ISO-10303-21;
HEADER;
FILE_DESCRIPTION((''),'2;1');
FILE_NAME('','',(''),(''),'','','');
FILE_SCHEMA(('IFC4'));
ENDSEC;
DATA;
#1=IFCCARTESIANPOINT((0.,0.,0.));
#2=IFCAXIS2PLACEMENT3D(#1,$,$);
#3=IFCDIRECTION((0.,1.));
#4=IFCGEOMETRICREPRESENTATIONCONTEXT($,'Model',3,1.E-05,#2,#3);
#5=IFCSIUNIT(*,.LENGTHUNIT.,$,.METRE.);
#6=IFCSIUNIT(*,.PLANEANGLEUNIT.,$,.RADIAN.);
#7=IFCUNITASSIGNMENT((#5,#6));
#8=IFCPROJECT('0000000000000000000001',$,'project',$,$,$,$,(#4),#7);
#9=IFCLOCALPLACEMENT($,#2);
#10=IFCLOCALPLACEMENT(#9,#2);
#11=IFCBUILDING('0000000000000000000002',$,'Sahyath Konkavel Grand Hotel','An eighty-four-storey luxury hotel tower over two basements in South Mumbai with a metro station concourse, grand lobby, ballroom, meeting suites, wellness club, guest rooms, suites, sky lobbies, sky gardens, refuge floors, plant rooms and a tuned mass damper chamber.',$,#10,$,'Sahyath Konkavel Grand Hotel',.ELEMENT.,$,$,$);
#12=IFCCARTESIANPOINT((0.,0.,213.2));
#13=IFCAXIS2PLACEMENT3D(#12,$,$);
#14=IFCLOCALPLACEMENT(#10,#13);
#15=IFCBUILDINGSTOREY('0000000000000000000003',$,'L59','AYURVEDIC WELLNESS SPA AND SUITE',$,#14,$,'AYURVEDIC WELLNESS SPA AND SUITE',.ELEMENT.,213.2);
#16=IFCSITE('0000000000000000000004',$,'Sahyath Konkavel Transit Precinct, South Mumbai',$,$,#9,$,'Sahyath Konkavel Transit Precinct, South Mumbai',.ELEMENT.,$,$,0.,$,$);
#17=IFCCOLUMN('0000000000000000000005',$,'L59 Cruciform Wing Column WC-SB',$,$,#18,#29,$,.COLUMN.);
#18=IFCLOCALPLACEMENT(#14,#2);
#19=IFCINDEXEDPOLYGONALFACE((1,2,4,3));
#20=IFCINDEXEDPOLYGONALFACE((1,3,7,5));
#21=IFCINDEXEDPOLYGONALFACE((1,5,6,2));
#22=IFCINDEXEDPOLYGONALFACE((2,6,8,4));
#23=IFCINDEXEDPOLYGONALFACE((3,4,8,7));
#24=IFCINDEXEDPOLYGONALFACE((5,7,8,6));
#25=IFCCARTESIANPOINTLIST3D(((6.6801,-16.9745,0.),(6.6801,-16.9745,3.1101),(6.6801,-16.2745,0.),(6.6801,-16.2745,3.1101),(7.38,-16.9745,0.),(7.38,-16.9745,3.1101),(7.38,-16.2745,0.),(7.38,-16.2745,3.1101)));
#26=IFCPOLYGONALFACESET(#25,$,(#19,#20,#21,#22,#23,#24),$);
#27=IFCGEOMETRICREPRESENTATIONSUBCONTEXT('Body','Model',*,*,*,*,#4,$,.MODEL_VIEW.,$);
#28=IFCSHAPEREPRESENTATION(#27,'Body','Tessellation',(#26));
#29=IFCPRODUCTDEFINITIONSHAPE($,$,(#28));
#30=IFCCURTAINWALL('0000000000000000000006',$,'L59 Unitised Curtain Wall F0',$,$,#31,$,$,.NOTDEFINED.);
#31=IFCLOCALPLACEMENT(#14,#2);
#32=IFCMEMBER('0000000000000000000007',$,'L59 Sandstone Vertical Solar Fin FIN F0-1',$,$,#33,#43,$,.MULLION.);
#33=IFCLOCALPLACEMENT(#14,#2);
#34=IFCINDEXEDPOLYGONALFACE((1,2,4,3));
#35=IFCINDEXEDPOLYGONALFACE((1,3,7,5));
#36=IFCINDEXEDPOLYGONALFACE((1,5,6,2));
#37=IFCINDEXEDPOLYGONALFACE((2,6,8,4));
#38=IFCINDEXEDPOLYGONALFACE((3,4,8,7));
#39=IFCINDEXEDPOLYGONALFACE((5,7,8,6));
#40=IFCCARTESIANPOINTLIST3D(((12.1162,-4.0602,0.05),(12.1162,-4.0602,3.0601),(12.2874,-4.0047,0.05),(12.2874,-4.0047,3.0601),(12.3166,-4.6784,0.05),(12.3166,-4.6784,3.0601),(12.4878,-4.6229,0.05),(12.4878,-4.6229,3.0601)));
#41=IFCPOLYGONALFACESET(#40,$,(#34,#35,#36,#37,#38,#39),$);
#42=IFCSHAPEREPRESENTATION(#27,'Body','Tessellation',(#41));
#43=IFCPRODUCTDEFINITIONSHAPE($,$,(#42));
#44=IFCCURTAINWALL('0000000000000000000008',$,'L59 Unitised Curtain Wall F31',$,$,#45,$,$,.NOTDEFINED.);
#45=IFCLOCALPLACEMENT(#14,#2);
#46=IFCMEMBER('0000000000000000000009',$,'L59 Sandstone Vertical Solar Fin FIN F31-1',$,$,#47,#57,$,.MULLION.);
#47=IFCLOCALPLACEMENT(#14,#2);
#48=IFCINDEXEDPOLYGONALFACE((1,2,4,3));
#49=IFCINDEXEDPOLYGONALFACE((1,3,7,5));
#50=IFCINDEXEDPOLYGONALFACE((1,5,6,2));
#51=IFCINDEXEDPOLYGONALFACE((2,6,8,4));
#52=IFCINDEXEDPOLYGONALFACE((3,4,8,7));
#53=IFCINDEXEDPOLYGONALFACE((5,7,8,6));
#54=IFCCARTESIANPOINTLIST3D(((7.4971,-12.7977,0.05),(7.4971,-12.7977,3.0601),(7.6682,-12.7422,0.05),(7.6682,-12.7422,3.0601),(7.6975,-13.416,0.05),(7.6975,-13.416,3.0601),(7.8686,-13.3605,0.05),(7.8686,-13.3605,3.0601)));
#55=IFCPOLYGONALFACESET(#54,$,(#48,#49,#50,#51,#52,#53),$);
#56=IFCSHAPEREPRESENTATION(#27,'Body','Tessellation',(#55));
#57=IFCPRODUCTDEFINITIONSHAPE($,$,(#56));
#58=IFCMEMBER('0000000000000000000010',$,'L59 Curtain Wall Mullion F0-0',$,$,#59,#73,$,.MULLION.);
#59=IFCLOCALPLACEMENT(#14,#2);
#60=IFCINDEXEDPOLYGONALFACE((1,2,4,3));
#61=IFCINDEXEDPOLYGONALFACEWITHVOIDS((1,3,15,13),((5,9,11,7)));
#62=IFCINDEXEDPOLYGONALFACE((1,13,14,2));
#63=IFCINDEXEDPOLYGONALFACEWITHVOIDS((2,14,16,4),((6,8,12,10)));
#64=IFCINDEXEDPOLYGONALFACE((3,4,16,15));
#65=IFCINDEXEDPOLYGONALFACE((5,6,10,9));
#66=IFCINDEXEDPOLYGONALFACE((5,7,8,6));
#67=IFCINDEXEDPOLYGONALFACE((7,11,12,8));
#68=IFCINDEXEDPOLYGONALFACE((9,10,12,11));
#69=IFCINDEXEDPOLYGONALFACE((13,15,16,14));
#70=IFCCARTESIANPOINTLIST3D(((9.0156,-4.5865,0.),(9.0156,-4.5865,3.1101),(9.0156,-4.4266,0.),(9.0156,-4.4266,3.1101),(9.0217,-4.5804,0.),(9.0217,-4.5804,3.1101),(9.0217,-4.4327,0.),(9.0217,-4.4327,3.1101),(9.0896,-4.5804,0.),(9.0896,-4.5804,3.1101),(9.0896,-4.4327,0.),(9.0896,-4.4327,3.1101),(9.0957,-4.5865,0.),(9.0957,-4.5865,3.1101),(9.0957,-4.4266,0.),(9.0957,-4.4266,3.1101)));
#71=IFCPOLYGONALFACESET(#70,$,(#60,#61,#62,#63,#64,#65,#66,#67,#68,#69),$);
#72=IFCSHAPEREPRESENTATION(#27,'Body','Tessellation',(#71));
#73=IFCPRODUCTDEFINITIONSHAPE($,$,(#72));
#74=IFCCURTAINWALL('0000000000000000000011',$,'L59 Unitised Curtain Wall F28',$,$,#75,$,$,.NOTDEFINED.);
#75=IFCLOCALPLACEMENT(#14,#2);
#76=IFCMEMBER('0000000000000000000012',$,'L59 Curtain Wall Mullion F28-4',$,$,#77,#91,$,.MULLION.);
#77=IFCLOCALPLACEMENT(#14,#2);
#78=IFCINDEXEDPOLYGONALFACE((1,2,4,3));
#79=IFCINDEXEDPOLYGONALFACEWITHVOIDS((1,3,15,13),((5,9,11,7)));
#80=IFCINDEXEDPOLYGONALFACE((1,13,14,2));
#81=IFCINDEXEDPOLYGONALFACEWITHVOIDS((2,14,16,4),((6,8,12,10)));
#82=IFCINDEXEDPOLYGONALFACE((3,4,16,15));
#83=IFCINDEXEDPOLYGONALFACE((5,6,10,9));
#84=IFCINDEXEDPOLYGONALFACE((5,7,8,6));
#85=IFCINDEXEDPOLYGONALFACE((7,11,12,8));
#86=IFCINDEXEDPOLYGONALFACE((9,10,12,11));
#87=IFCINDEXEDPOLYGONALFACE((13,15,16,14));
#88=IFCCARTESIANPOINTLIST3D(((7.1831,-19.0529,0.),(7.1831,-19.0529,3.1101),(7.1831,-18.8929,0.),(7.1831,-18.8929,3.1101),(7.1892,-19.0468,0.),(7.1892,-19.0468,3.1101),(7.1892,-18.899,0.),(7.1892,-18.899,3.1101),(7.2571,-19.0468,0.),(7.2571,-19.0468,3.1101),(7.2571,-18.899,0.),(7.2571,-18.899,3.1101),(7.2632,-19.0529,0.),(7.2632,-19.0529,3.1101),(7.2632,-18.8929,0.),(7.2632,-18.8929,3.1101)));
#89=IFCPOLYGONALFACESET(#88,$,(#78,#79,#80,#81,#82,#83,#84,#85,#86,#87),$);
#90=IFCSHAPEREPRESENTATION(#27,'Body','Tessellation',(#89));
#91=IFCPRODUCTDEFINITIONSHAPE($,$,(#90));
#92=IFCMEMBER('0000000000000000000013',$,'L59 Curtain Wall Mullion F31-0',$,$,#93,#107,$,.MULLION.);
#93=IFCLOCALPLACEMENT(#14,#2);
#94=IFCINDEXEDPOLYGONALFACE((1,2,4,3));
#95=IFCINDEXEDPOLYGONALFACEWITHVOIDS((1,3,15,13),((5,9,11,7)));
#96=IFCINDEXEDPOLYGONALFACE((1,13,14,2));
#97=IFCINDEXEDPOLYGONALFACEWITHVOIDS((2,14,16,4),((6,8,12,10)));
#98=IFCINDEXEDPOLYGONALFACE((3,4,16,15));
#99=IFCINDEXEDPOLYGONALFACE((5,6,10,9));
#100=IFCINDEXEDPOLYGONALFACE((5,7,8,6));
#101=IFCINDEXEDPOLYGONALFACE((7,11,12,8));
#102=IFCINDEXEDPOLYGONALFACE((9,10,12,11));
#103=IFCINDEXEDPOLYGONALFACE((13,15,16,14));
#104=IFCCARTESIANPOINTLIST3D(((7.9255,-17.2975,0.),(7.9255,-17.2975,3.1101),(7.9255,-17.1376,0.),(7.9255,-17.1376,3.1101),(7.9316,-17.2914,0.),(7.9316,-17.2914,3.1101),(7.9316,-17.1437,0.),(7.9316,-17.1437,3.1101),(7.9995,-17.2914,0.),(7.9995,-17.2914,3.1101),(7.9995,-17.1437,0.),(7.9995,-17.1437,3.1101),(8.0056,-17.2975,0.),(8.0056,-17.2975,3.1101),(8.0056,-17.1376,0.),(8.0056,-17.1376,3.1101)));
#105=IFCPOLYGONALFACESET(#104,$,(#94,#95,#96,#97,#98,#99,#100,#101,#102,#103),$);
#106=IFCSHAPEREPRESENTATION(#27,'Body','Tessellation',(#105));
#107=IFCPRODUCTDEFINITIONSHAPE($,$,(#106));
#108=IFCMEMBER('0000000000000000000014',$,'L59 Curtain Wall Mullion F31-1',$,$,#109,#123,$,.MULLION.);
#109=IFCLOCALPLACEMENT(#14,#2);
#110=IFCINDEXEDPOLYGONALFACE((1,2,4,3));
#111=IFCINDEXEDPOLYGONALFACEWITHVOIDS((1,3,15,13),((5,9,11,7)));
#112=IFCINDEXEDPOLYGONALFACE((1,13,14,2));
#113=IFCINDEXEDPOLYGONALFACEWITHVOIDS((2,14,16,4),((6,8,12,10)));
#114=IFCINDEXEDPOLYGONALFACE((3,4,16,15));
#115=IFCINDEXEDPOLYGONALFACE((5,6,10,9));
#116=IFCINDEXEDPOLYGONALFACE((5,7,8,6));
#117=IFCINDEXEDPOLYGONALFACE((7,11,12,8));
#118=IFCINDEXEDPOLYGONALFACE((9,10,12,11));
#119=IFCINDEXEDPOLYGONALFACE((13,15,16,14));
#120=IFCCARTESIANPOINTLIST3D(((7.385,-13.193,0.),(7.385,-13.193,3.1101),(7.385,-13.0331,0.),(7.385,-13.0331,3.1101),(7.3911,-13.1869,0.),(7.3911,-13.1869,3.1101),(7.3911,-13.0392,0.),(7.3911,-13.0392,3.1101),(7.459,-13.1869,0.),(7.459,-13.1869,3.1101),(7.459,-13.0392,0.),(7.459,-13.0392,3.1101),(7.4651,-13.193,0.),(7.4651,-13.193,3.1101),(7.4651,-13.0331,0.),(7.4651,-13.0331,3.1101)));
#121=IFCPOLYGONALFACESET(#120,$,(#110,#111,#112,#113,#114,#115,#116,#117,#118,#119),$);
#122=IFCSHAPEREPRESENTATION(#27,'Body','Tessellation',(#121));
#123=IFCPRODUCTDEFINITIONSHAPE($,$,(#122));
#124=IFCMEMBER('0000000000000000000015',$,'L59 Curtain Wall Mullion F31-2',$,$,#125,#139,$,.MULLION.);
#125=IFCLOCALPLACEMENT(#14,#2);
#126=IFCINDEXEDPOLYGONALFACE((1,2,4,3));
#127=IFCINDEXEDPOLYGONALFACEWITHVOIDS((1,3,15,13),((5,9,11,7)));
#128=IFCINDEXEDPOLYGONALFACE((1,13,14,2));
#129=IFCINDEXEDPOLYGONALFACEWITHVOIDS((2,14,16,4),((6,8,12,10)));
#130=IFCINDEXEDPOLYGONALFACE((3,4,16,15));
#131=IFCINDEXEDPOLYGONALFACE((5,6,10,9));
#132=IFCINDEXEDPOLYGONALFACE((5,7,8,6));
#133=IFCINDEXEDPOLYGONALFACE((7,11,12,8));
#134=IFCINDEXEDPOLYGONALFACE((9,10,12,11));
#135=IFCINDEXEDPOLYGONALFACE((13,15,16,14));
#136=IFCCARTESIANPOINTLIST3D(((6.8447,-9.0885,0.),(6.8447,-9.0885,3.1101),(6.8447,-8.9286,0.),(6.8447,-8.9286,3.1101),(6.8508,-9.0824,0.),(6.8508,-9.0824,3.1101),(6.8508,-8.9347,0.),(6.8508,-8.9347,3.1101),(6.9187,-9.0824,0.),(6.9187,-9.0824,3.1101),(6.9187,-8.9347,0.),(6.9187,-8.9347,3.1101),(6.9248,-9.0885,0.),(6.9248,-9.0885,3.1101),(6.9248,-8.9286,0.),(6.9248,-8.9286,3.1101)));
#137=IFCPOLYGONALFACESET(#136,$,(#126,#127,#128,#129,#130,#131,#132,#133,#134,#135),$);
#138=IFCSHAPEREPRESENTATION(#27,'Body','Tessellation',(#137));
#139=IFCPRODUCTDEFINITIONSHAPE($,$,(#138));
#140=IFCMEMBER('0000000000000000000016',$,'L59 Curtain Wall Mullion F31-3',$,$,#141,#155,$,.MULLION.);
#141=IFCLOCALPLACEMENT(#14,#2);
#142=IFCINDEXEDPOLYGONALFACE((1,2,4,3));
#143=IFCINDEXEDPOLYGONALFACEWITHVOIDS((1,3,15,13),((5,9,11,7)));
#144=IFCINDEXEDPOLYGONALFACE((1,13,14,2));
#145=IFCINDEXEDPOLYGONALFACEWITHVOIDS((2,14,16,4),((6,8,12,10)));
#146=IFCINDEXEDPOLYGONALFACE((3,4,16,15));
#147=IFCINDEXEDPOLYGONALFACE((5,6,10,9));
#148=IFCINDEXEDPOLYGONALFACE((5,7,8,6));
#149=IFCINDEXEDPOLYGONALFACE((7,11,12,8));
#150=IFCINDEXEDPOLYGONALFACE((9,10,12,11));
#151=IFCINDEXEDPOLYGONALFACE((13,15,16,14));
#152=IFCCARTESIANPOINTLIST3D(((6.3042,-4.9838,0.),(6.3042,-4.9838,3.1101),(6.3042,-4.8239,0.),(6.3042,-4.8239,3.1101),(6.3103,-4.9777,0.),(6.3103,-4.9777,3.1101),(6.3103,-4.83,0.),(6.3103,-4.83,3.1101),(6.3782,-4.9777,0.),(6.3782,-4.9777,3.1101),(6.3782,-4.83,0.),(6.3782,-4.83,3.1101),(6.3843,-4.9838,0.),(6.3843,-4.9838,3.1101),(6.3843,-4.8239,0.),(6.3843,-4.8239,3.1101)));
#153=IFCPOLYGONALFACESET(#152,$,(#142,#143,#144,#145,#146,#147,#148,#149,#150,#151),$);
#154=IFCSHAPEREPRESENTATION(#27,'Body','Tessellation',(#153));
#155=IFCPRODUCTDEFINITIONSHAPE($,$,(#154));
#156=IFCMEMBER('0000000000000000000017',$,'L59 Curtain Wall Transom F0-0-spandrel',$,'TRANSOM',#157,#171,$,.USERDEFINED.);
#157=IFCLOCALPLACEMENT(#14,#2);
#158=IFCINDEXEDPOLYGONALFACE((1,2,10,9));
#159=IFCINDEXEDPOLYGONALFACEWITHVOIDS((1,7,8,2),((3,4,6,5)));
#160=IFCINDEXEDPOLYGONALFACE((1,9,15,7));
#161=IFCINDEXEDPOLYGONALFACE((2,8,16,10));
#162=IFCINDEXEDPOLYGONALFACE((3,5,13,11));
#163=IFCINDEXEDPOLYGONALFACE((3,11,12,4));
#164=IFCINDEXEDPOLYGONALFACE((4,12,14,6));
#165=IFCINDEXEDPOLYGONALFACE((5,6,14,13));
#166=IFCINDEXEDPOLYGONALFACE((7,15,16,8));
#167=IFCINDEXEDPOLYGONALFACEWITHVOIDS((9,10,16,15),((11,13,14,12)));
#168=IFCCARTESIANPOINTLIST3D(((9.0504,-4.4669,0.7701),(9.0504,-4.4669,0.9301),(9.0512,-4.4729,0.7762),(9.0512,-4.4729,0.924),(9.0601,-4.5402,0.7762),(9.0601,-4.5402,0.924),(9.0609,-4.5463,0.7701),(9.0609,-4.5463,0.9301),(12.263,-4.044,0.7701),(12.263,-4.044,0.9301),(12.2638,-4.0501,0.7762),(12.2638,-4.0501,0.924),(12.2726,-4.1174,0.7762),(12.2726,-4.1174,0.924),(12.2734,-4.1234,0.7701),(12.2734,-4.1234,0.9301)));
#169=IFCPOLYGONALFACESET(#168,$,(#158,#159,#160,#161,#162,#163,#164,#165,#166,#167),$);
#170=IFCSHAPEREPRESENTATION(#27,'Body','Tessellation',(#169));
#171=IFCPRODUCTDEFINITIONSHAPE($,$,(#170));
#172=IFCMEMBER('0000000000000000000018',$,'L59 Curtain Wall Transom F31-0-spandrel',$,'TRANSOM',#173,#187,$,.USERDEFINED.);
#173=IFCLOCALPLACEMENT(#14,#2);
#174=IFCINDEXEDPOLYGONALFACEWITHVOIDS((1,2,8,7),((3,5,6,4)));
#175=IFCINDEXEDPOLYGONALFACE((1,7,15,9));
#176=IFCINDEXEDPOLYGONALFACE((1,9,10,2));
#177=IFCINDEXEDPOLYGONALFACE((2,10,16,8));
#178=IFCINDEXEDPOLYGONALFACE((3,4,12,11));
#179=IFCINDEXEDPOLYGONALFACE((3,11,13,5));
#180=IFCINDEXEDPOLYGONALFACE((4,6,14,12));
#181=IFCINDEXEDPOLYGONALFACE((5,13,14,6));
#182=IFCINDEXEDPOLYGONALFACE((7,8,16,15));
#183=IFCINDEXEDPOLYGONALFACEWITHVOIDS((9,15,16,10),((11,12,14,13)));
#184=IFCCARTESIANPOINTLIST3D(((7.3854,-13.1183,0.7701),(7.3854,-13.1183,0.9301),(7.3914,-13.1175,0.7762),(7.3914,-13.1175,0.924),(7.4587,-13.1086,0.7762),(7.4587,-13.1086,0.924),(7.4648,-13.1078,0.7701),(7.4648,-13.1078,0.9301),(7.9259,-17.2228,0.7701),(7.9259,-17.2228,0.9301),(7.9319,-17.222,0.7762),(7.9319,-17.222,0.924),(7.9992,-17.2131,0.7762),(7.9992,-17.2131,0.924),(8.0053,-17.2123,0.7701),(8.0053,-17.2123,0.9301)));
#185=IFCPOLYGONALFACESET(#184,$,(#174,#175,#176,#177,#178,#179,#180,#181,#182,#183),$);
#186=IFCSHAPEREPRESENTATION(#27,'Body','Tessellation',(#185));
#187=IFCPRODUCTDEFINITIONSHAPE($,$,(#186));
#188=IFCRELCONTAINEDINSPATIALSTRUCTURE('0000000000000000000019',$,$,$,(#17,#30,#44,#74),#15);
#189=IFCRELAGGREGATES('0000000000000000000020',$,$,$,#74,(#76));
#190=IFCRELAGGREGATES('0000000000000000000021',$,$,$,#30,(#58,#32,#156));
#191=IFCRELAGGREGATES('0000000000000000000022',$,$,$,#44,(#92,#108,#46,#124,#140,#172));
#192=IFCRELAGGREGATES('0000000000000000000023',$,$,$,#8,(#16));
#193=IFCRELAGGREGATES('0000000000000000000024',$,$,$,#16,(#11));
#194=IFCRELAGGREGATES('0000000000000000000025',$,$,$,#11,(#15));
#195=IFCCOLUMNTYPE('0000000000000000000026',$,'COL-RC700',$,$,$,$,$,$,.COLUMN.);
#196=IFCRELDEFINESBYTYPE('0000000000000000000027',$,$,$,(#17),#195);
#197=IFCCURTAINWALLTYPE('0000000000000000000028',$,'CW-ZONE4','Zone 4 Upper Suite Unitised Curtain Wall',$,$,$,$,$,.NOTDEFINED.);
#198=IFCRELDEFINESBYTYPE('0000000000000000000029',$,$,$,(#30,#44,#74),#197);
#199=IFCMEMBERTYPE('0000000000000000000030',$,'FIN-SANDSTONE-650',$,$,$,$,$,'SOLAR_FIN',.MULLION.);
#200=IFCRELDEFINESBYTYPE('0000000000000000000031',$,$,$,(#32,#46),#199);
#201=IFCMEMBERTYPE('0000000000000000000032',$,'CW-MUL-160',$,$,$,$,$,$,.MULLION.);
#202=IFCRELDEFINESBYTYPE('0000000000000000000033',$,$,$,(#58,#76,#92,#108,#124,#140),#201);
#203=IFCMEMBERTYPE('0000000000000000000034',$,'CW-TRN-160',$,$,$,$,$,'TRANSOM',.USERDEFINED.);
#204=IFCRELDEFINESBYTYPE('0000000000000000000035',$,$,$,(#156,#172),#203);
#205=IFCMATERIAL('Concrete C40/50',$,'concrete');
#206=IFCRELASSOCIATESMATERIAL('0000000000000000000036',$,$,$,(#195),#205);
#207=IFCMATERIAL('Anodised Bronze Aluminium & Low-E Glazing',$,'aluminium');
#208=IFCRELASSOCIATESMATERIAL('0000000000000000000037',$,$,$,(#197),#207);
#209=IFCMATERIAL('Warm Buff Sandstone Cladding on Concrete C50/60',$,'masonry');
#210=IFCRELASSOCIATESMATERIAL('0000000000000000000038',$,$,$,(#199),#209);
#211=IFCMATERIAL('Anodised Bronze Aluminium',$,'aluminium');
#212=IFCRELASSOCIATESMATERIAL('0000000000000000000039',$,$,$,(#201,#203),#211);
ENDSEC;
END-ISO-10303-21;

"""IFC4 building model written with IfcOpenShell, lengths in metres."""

from ifc_helpers import new_model, si_unit, direction, frame, origin, origin_2d, place, context, subcontext, project, spatial, rectangle, hollow_rectangle, extrude, source, transform, mapped, material, material_profile, profile_set, type_object, element, aggregate, save


model = new_model("IFC4")

# Units and contexts
model_context = context("Model", 3, precision=1e-05, world=origin(), true_north=direction((0.0, 1.0)))
body_context = subcontext(model_context, "Body", "Model", "MODEL_VIEW")
ifc_project = project(units=[si_unit("LENGTHUNIT", "METRE"), si_unit("PLANEANGLEUNIT", "RADIAN")], contexts=[model_context])

# Site, building, storey
site_placement = place(None, origin())
site = spatial("IfcSite", under=ifc_project, at=site_placement, Name="Sahyath Konkavel Transit Precinct, South Mumbai", LongName="Sahyath Konkavel Transit Precinct, South Mumbai", CompositionType="ELEMENT", RefElevation=0.0)
building_placement = place(site_placement, origin())
building = spatial("IfcBuilding", under=site, at=building_placement, Name="Sahyath Konkavel Grand Hotel", Description="An eighty-four-storey luxury hotel tower over two basements in South Mumbai with a metro station concourse, grand lobby, ballroom, meeting suites, wellness club, guest rooms, suites, sky lobbies, sky gardens, refuge floors, plant rooms and a tuned mass damper chamber.", LongName="Sahyath Konkavel Grand Hotel", CompositionType="ELEMENT")
storey_placement = place(building_placement, frame((0.0, 0.0, 213.2)))
storey = spatial("IfcBuildingStorey", under=building, at=storey_placement, Name="L59", Description="AYURVEDIC WELLNESS SPA AND SUITE", LongName="AYURVEDIC WELLNESS SPA AND SUITE", CompositionType="ELEMENT", Elevation=213.2)

# Column
ifc_material_1 = material(Name="Concrete C40/50", Category="concrete")
ifc_material_profile_1 = material_profile(ifc_material_1, rectangle(XDim=0.7, YDim=0.7, at=origin_2d()), Name="RC 700x700")
ifc_profile_set_1 = profile_set([ifc_material_profile_1], Name="Concrete C40/50")
column_type = type_object("IfcColumnType", Name="COL-RC700", PredefinedType="COLUMN", material=ifc_profile_set_1)
shared_shape_1 = source(origin(), body_context, "Body", "SweptSolid", [
    extrude(rectangle(XDim=0.7, YDim=0.7, at=origin_2d()), origin(), (0.0, 0.0, 1.0), 3.1101),
])
column_placement = place(storey_placement, frame((7.03, -16.6245, 0.0), z_axis=(0.0, 0.0, 1.0), x_axis=(1.0, 0.0, 0.0)))
element("IfcColumn", 1, at=column_placement, inside=storey, type_object=column_type, Name="L59 Cruciform Wing Column WC-SB", PredefinedType="COLUMN", context=body_context, shape_type="MappedRepresentation", body=[
    mapped(shared_shape_1, transform((0.0, 0.0, 0.0), scale=1.0)),
])

# Curtain walls, members
ifc_material_2 = material(Name="Anodised Bronze Aluminium & Low-E Glazing", Category="aluminium")
curtain_wall_type = type_object("IfcCurtainWallType", Name="CW-ZONE4", Description="Zone 4 Upper Suite Unitised Curtain Wall", PredefinedType="NOTDEFINED", material=ifc_material_2)
curtain_wall_1_placement = place(storey_placement, origin())
curtain_wall_1 = element("IfcCurtainWall", 2, at=curtain_wall_1_placement, inside=storey, type_object=curtain_wall_type, Name="L59 Unitised Curtain Wall F0", PredefinedType="NOTDEFINED")
ifc_material_3 = material(Name="Warm Buff Sandstone Cladding on Concrete C50/60", Category="masonry")
ifc_material_profile_2 = material_profile(ifc_material_3, rectangle(XDim=0.1799, YDim=0.6499, at=origin_2d()), Name="FIN 180x650")
ifc_profile_set_2 = profile_set([ifc_material_profile_2], Name="Warm Buff Sandstone Cladding on Concrete C50/60")
member_type_1 = type_object("IfcMemberType", Name="FIN-SANDSTONE-650", ElementType="SOLAR_FIN", PredefinedType="MULLION", material=ifc_profile_set_2)
shared_shape_2 = source(origin(), body_context, "Body", "SweptSolid", [
    extrude(rectangle(XDim=0.1799, YDim=0.6499, at=origin_2d()), origin(), (0.0, 0.0, 1.0), 3.01),
])
member_1_placement = place(storey_placement, frame((12.302, -4.3416, 0.05), z_axis=(0.0, 0.0, 1.0), x_axis=(0.951272, 0.308353, 0.0)))
member_1 = element("IfcMember", 3, at=member_1_placement, type_object=member_type_1, Name="L59 Sandstone Vertical Solar Fin FIN F0-1", PredefinedType="MULLION", context=body_context, shape_type="MappedRepresentation", body=[
    mapped(shared_shape_2, transform((0.0, 0.0, 0.0), scale=1.0)),
])
curtain_wall_2_placement = place(storey_placement, origin())
curtain_wall_2 = element("IfcCurtainWall", 4, at=curtain_wall_2_placement, inside=storey, type_object=curtain_wall_type, Name="L59 Unitised Curtain Wall F31", PredefinedType="NOTDEFINED")
member_2_placement = place(storey_placement, frame((7.6829, -13.0791, 0.05), z_axis=(0.0, 0.0, 1.0), x_axis=(0.951272, 0.308353, 0.0)))
member_2 = element("IfcMember", 5, at=member_2_placement, type_object=member_type_1, Name="L59 Sandstone Vertical Solar Fin FIN F31-1", PredefinedType="MULLION", context=body_context, shape_type="MappedRepresentation", body=[
    mapped(shared_shape_2, transform((0.0, 0.0, 0.0), scale=1.0)),
])

# Member
ifc_material_4 = material(Name="Anodised Bronze Aluminium", Category="aluminium")
ifc_material_profile_3 = material_profile(ifc_material_4, hollow_rectangle(XDim=0.0801, YDim=0.1599, WallThickness=0.0061, at=origin_2d()), Name="RHS 160x80x6")
ifc_profile_set_3 = profile_set([ifc_material_profile_3], Name="Anodised Bronze Aluminium")
member_type_2 = type_object("IfcMemberType", Name="CW-MUL-160", PredefinedType="MULLION", material=ifc_profile_set_3)
shared_shape_3 = source(origin(), body_context, "Body", "SweptSolid", [
    extrude(hollow_rectangle(XDim=0.0801, YDim=0.1599, WallThickness=0.0061, at=origin_2d()), origin(), (0.0, 0.0, 1.0), 3.1101),
])
member_3_placement = place(storey_placement, frame((9.0557, -4.5066, 0.0), z_axis=(0.0, 0.0, 1.0), x_axis=(1.0, 0.0, 0.0)))
member_3 = element("IfcMember", 6, at=member_3_placement, type_object=member_type_2, Name="L59 Curtain Wall Mullion F0-0", PredefinedType="MULLION", context=body_context, shape_type="MappedRepresentation", body=[
    mapped(shared_shape_3, transform((0.0, 0.0, 0.0), scale=1.0)),
])

# Curtain wall, member
curtain_wall_3_placement = place(storey_placement, origin())
curtain_wall_3 = element("IfcCurtainWall", 7, at=curtain_wall_3_placement, inside=storey, type_object=curtain_wall_type, Name="L59 Unitised Curtain Wall F28", PredefinedType="NOTDEFINED")
member_4_placement = place(storey_placement, frame((7.2231, -18.9729, 0.0), z_axis=(0.0, 0.0, 1.0), x_axis=(1.0, 0.0, 0.0)))
member_4 = element("IfcMember", 8, at=member_4_placement, type_object=member_type_2, Name="L59 Curtain Wall Mullion F28-4", PredefinedType="MULLION", context=body_context, shape_type="MappedRepresentation", body=[
    mapped(shared_shape_3, transform((0.0, 0.0, 0.0), scale=1.0)),
])
aggregate(curtain_wall_3, [member_4])

# Members
member_5_placement = place(storey_placement, frame((7.9656, -17.2175, 0.0), z_axis=(0.0, 0.0, 1.0), x_axis=(1.0, 0.0, 0.0)))
member_5 = element("IfcMember", 9, at=member_5_placement, type_object=member_type_2, Name="L59 Curtain Wall Mullion F31-0", PredefinedType="MULLION", context=body_context, shape_type="MappedRepresentation", body=[
    mapped(shared_shape_3, transform((0.0, 0.0, 0.0), scale=1.0)),
])
member_6_placement = place(storey_placement, frame((7.425, -13.113, 0.0), z_axis=(0.0, 0.0, 1.0), x_axis=(1.0, 0.0, 0.0)))
member_6 = element("IfcMember", 10, at=member_6_placement, type_object=member_type_2, Name="L59 Curtain Wall Mullion F31-1", PredefinedType="MULLION", context=body_context, shape_type="MappedRepresentation", body=[
    mapped(shared_shape_3, transform((0.0, 0.0, 0.0), scale=1.0)),
])
member_7_placement = place(storey_placement, frame((6.8848, -9.0085, 0.0), z_axis=(0.0, 0.0, 1.0), x_axis=(1.0, 0.0, 0.0)))
member_7 = element("IfcMember", 11, at=member_7_placement, type_object=member_type_2, Name="L59 Curtain Wall Mullion F31-2", PredefinedType="MULLION", context=body_context, shape_type="MappedRepresentation", body=[
    mapped(shared_shape_3, transform((0.0, 0.0, 0.0), scale=1.0)),
])
member_8_placement = place(storey_placement, frame((6.3442, -4.9038, 0.0), z_axis=(0.0, 0.0, 1.0), x_axis=(1.0, 0.0, 0.0)))
member_8 = element("IfcMember", 12, at=member_8_placement, type_object=member_type_2, Name="L59 Curtain Wall Mullion F31-3", PredefinedType="MULLION", context=body_context, shape_type="MappedRepresentation", body=[
    mapped(shared_shape_3, transform((0.0, 0.0, 0.0), scale=1.0)),
])
ifc_material_profile_4 = material_profile(ifc_material_4, hollow_rectangle(XDim=0.0801, YDim=0.1599, WallThickness=0.0061, at=origin_2d()), Name="RHS 160x80x6")
ifc_profile_set_4 = profile_set([ifc_material_profile_4], Name="Anodised Bronze Aluminium")
member_type_3 = type_object("IfcMemberType", Name="CW-TRN-160", ElementType="TRANSOM", PredefinedType="USERDEFINED", material=ifc_profile_set_4)
shared_shape_4 = source(origin(), body_context, "Body", "SweptSolid", [
    extrude(hollow_rectangle(XDim=0.0801, YDim=0.1599, WallThickness=0.0061, at=origin_2d()), origin(), (0.0, 0.0, 1.0), 3.2402),
])
member_9_placement = place(storey_placement, frame((9.0557, -4.5066, 0.8501), z_axis=(0.991448, 0.130505, 0.0), x_axis=(-0.130505, 0.991448, 0.0)))
member_9 = element("IfcMember", 13, at=member_9_placement, type_object=member_type_3, Name="L59 Curtain Wall Transom F0-0-spandrel", ObjectType="TRANSOM", PredefinedType="USERDEFINED", context=body_context, shape_type="MappedRepresentation", body=[
    mapped(shared_shape_4, transform((0.0, 0.0, 0.0), scale=1.0)),
])
aggregate(curtain_wall_1, [member_3, member_1, member_9])
shared_shape_5 = source(origin(), body_context, "Body", "SweptSolid", [
    extrude(hollow_rectangle(XDim=0.0801, YDim=0.1599, WallThickness=0.0061, at=origin_2d()), origin(), (0.0, 0.0, 1.0), 4.1399),
])
member_10_placement = place(storey_placement, frame((7.9656, -17.2175, 0.8501), z_axis=(-0.130564, 0.99144, 0.0), x_axis=(-0.99144, -0.130564, 0.0)))
member_10 = element("IfcMember", 14, at=member_10_placement, type_object=member_type_3, Name="L59 Curtain Wall Transom F31-0-spandrel", ObjectType="TRANSOM", PredefinedType="USERDEFINED", context=body_context, shape_type="MappedRepresentation", body=[
    mapped(shared_shape_5, transform((0.0, 0.0, 0.0), scale=1.0)),
])

aggregate(curtain_wall_2, [member_5, member_6, member_2, member_7, member_8, member_10])

save(model, "model.ifc")
